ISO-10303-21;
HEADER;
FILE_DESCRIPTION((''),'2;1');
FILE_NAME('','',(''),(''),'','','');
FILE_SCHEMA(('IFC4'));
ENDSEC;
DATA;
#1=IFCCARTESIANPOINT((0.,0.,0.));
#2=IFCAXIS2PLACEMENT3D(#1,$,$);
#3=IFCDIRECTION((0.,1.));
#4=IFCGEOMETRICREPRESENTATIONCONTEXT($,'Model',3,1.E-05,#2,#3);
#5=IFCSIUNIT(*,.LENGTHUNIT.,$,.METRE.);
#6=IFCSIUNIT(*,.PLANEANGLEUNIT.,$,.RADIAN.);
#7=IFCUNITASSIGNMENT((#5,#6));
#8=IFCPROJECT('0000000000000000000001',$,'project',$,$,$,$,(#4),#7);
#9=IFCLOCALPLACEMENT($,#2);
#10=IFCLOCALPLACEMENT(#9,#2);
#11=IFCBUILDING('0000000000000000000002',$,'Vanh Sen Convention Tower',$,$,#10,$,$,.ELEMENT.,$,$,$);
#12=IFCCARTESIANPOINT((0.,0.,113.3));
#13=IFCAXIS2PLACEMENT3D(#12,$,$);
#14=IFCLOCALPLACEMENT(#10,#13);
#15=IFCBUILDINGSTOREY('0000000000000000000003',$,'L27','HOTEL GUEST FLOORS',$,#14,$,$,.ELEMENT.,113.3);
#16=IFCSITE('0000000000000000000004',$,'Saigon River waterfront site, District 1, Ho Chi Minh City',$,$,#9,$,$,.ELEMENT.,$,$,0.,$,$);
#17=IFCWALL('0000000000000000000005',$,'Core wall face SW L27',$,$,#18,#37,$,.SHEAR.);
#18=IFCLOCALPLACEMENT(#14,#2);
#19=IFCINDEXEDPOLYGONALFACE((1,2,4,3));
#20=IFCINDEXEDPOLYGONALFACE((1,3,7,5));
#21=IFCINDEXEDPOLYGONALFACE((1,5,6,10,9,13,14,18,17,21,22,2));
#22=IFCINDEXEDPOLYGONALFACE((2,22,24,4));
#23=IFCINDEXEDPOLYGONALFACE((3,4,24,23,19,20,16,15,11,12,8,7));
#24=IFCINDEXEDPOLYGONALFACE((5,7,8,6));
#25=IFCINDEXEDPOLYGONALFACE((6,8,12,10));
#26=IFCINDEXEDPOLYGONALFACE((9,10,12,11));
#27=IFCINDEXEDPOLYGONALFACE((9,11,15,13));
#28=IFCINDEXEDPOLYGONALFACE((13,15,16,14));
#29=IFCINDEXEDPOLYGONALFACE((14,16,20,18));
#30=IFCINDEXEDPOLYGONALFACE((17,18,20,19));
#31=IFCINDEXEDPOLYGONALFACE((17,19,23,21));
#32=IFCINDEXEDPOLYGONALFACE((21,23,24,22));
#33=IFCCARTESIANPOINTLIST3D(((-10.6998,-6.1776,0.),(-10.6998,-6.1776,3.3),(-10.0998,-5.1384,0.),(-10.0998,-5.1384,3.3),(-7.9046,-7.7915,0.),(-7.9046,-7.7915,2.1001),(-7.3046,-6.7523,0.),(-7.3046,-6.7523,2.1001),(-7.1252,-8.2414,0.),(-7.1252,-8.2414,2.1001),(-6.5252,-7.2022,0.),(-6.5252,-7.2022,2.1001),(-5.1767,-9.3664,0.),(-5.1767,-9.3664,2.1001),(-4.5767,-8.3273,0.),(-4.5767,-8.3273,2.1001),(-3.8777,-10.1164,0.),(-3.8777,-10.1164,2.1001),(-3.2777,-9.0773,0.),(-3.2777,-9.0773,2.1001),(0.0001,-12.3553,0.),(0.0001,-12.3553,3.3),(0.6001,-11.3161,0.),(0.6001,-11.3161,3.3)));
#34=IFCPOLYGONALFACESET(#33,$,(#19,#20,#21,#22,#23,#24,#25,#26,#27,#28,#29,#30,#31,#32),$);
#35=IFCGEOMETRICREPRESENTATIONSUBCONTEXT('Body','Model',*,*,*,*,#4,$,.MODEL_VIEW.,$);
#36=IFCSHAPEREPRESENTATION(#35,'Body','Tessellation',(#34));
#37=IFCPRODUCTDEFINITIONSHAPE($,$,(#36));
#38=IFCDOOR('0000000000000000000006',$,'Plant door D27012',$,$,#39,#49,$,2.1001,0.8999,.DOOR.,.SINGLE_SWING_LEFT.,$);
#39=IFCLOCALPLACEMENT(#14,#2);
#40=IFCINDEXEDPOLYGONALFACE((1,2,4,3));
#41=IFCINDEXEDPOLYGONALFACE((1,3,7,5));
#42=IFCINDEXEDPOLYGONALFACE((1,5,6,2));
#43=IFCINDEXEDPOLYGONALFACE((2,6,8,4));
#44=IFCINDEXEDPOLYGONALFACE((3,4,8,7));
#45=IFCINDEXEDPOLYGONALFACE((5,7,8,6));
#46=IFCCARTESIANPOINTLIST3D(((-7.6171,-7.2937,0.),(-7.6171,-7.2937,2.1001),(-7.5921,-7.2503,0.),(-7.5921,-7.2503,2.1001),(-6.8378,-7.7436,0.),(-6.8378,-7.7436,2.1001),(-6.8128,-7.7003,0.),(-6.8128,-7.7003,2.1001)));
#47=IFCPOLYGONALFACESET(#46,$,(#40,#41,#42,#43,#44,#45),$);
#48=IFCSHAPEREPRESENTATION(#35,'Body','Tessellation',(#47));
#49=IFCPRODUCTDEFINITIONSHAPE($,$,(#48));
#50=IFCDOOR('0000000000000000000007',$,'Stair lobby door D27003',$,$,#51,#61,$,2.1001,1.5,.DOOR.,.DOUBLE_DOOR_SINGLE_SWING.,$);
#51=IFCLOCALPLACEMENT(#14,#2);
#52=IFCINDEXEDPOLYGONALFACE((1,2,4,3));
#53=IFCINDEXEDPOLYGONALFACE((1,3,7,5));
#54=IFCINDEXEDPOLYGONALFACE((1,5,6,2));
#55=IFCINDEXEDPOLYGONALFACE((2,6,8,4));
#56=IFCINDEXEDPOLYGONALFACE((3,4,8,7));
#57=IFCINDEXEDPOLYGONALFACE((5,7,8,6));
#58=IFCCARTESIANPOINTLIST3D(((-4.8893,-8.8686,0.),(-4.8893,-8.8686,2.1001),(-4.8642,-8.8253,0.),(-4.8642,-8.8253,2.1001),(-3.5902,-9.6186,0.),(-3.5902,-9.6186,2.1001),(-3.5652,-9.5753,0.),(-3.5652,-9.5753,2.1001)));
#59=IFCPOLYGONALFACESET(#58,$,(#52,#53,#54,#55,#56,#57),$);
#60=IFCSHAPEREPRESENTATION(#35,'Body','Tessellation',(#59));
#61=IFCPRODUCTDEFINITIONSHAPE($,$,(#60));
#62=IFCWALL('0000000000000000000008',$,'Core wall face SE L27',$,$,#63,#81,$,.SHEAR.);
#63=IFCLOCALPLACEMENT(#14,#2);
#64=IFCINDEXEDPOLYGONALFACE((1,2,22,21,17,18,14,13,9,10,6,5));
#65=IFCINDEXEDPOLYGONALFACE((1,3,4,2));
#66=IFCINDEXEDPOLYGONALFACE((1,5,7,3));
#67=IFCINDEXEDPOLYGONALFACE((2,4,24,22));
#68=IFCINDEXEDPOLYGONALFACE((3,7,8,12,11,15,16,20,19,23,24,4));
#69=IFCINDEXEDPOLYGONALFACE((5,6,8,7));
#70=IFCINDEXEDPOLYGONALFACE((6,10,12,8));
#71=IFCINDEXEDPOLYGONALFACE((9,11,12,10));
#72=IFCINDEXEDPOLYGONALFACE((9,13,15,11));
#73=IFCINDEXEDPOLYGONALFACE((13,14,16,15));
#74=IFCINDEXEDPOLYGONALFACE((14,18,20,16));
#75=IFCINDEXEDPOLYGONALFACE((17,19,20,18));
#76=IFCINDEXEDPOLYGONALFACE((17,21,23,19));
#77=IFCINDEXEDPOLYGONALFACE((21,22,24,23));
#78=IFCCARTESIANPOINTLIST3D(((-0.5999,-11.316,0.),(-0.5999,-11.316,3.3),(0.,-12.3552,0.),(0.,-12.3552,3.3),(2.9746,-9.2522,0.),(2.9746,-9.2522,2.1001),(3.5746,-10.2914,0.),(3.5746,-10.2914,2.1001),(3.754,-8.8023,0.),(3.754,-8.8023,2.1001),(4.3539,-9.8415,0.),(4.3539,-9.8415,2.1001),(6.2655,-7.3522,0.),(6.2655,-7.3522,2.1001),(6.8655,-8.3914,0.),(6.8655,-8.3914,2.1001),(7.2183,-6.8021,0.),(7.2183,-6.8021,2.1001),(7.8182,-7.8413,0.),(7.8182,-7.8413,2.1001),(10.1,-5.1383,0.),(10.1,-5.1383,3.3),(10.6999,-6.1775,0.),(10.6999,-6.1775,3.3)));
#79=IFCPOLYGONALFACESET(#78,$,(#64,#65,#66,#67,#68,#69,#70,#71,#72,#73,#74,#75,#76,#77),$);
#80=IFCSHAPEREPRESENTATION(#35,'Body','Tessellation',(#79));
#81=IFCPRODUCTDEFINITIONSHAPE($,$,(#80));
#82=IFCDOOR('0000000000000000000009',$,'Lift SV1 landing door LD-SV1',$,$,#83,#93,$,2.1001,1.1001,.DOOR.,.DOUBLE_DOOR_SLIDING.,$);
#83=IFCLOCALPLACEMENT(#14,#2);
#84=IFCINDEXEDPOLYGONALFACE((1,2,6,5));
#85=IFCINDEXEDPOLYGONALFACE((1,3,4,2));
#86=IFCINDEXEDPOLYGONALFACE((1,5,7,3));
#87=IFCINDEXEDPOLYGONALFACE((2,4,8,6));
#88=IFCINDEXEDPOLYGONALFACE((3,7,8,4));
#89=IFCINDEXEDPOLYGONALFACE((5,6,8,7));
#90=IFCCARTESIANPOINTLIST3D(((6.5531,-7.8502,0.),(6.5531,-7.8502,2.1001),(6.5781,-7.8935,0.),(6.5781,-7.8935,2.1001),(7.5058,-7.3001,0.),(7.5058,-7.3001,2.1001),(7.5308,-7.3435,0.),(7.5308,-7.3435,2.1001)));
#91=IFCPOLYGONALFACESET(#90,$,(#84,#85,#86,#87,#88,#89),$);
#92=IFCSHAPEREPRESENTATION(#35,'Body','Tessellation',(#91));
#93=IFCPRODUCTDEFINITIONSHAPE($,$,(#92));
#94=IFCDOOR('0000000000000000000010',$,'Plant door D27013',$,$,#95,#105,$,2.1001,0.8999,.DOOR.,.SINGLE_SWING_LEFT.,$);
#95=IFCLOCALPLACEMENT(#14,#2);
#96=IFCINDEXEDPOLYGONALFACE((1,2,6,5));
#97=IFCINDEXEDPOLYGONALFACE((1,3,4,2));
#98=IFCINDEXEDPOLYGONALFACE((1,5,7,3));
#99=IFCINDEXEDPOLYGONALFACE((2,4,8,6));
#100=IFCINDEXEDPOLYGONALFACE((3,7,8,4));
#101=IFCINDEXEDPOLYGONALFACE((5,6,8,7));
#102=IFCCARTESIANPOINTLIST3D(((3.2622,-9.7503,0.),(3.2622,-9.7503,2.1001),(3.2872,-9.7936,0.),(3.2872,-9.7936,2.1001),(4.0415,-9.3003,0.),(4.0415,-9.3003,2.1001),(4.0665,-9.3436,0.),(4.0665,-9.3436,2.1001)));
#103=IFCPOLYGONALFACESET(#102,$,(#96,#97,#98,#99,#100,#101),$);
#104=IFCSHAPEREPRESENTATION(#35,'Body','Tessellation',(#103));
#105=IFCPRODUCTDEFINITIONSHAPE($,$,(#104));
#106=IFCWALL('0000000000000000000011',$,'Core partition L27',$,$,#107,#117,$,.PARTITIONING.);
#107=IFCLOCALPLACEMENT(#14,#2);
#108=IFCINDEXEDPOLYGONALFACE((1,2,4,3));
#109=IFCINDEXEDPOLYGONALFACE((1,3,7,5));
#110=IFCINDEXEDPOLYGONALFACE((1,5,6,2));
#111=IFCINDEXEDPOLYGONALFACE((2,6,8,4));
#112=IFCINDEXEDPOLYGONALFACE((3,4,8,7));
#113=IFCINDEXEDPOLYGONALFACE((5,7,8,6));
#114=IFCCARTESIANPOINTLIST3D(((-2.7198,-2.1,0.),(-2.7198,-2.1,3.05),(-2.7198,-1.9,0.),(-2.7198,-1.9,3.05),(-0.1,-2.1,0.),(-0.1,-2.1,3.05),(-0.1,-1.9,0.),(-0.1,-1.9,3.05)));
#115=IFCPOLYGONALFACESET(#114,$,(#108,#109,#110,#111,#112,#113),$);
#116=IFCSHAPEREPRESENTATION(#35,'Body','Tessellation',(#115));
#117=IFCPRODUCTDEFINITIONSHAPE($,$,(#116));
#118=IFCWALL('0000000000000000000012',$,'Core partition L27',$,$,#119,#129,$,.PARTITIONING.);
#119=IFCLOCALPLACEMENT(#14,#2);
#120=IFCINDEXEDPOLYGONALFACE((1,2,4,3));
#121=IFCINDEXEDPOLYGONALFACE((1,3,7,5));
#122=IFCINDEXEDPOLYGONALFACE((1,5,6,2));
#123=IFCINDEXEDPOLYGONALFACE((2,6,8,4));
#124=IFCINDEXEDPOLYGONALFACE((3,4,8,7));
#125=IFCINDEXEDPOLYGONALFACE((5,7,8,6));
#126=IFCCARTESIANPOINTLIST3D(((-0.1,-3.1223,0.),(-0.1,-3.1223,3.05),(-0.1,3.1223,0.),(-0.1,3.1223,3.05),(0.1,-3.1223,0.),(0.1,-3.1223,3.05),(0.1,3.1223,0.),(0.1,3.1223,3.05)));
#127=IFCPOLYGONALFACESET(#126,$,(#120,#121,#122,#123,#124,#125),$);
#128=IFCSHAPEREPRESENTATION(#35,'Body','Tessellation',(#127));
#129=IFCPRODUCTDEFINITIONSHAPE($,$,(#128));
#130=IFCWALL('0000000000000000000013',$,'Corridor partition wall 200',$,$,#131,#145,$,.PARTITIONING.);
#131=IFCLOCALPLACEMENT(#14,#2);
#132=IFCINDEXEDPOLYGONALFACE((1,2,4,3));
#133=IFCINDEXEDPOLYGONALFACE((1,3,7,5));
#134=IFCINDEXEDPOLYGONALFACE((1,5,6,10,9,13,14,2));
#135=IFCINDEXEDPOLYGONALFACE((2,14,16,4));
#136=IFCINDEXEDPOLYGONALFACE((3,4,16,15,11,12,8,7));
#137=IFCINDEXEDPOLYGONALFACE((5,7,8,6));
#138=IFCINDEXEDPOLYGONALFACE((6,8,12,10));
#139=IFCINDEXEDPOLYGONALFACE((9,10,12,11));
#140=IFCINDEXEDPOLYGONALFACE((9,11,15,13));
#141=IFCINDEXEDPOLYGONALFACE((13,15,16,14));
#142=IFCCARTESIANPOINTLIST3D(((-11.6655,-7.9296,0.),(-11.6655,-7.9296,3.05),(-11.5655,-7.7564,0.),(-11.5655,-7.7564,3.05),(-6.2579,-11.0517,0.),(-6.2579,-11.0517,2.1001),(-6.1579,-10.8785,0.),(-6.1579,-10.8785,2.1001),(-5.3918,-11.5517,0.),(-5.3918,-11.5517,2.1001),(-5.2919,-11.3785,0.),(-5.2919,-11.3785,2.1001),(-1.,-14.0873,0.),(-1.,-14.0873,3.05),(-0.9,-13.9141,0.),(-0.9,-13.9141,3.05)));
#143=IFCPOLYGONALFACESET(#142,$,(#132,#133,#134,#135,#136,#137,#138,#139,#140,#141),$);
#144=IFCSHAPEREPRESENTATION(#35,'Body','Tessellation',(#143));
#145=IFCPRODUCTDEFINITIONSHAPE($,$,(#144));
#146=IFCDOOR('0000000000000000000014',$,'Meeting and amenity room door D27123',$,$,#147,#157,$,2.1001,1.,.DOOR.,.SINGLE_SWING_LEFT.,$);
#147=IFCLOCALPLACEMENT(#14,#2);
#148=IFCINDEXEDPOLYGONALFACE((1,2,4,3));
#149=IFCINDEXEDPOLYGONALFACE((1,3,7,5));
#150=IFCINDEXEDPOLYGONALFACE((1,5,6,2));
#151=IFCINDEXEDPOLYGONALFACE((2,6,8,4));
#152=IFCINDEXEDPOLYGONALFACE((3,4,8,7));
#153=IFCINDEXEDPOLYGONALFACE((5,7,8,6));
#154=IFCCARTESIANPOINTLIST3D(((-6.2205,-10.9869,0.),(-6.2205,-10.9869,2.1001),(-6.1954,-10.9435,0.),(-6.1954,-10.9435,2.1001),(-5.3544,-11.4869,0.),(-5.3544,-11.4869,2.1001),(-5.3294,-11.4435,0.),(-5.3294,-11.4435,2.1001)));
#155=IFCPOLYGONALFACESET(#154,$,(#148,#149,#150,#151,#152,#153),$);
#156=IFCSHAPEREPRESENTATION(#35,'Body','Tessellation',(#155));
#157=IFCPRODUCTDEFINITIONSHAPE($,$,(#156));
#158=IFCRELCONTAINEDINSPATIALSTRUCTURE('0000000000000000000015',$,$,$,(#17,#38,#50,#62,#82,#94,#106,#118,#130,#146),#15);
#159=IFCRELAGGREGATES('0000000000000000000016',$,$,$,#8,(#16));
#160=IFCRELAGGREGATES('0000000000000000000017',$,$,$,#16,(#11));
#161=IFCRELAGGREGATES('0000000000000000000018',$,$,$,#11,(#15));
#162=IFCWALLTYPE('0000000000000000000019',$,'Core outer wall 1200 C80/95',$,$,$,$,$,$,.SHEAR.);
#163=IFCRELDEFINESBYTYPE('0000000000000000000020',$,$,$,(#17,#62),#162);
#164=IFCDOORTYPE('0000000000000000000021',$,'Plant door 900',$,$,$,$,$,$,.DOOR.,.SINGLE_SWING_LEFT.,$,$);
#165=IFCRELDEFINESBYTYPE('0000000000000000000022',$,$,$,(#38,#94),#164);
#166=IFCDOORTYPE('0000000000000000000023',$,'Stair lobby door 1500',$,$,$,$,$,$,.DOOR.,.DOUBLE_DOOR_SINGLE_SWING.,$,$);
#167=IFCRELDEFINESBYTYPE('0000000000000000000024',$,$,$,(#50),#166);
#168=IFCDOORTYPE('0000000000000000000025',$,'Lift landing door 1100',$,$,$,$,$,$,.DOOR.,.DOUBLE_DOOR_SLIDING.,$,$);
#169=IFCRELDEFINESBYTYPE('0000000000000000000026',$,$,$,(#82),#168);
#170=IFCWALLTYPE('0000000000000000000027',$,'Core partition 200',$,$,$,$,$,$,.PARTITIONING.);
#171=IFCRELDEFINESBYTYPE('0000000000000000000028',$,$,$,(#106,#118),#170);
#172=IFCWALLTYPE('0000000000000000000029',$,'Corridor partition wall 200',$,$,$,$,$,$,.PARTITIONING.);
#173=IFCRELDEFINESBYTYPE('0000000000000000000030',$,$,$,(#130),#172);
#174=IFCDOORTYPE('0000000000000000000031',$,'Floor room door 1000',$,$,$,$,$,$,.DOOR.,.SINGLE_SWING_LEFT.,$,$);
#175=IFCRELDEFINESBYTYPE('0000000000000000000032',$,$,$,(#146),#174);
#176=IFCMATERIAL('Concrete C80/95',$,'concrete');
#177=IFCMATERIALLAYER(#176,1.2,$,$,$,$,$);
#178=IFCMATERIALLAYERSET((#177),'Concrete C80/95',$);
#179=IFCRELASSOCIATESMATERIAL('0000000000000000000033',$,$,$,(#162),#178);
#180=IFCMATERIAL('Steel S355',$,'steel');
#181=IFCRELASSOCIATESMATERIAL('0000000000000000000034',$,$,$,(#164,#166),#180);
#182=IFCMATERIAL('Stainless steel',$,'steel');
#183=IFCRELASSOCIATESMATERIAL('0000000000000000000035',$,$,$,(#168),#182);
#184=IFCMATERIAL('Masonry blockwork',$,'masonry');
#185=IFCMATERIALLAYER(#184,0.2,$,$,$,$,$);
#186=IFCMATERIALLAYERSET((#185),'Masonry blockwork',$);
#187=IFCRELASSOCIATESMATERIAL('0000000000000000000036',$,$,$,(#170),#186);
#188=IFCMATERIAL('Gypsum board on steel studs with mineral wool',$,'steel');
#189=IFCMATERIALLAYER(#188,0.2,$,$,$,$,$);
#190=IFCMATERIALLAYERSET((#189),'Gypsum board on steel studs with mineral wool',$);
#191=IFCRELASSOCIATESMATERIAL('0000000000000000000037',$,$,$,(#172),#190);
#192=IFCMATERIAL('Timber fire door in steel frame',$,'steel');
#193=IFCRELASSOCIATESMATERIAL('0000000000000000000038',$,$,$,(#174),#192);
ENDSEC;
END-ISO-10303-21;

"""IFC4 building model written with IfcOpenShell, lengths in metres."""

from ifc_helpers import new_model, si_unit, direction, frame, frame_2d, origin, place, context, subcontext, project, spatial, rectangle, extrude, material, layer, layer_set, type_object, element, fill, save


model = new_model("IFC4")

# Units and contexts
model_context = context("Model", 3, precision=1e-05, world=origin(), true_north=direction((0.0, 1.0)))
body_context = subcontext(model_context, "Body", "Model", "MODEL_VIEW")
ifc_project = project(units=[si_unit("LENGTHUNIT", "METRE"), si_unit("PLANEANGLEUNIT", "RADIAN")], contexts=[model_context])

# Site, building, storey
site_placement = place(None, origin())
site = spatial("IfcSite", under=ifc_project, at=site_placement, Name="Saigon River waterfront site, District 1, Ho Chi Minh City", CompositionType="ELEMENT", RefElevation=0.0)
building_placement = place(site_placement, origin())
building = spatial("IfcBuilding", under=site, at=building_placement, Name="Vanh Sen Convention Tower", CompositionType="ELEMENT")
storey_placement = place(building_placement, frame((0.0, 0.0, 113.3)))
storey = spatial("IfcBuildingStorey", under=building, at=storey_placement, Name="L27", Description="HOTEL GUEST FLOORS", CompositionType="ELEMENT", Elevation=113.3)

# Walls, openings, doors
ifc_material_1 = material(Name="Concrete C80/95", Category="concrete")
ifc_layer_1 = layer(ifc_material_1, 1.2)
ifc_layer_set_1 = layer_set([ifc_layer_1], Name="Concrete C80/95")
wall_type_1 = type_object("IfcWallType", Name="Core outer wall 1200 C80/95", PredefinedType="SHEAR", material=ifc_layer_set_1)
wall_1_placement = place(storey_placement, frame((-10.3999, -5.658, 0.0), z_axis=(0.0, 0.0, 1.0), x_axis=(0.866021, -0.500007, 0.0)))
wall_1 = element("IfcWall", 1, at=wall_1_placement, inside=storey, type_object=wall_type_1, Name="Core wall face SW L27", PredefinedType="SHEAR", context=body_context, shape_type="SweptSolid", body=[
    extrude(rectangle(XDim=12.3552, YDim=1.2, at=frame_2d((6.1777, 0.0))), origin(), (0.0, 0.0, 1.0), 3.3),
])
opening_1_placement = place(wall_1_placement, frame((6.3777, 0.0, 0.0)))
opening_1 = element("IfcOpeningElement", 2, at=opening_1_placement, cuts=wall_1, PredefinedType="OPENING", context=body_context, shape_type="SweptSolid", body=[
    extrude(rectangle(XDim=1.5, YDim=2.1001, at=frame_2d((0.75, 1.05))), frame((0.0, 0.6099, 0.0), z_axis=(0.0, -1.0, 0.0), x_axis=(1.0, 0.0, 0.0)), (0.0, 0.0, 1.0), 1.22),
])
opening_2_placement = place(wall_1_placement, frame((3.2278, 0.0, 0.0)))
opening_2 = element("IfcOpeningElement", 3, at=opening_2_placement, cuts=wall_1, PredefinedType="OPENING", context=body_context, shape_type="SweptSolid", body=[
    extrude(rectangle(XDim=0.8999, YDim=2.1001, at=frame_2d((0.45, 1.05))), frame((0.0, 0.6099, 0.0), z_axis=(0.0, -1.0, 0.0), x_axis=(1.0, 0.0, 0.0)), (0.0, 0.0, 1.0), 1.22),
])
ifc_material_2 = material(Name="Steel S355", Category="steel")
door_type_1 = type_object("IfcDoorType", Name="Plant door 900", OperationType="SINGLE_SWING_LEFT", PredefinedType="DOOR", material=ifc_material_2)
door_1_placement = place(opening_2_placement, origin())
door_1 = element("IfcDoor", 4, at=door_1_placement, inside=storey, type_object=door_type_1, Name="Plant door D27012", OperationType="SINGLE_SWING_LEFT", OverallHeight=2.1001, OverallWidth=0.8999, PredefinedType="DOOR", context=body_context, shape_type="SweptSolid", body=[
    extrude(rectangle(XDim=0.8999, YDim=2.1001, at=frame_2d((0.45, 1.05))), frame((0.0, 0.0249, 0.0), z_axis=(0.0, -1.0, 0.0), x_axis=(1.0, 0.0, 0.0)), (0.0, 0.0, 1.0), 0.05),
])
fill(opening_2, door_1)
door_type_2 = type_object("IfcDoorType", Name="Stair lobby door 1500", OperationType="DOUBLE_DOOR_SINGLE_SWING", PredefinedType="DOOR", material=ifc_material_2)
door_2_placement = place(opening_1_placement, origin())
door_2 = element("IfcDoor", 5, at=door_2_placement, inside=storey, type_object=door_type_2, Name="Stair lobby door D27003", OperationType="DOUBLE_DOOR_SINGLE_SWING", OverallHeight=2.1001, OverallWidth=1.5, PredefinedType="DOOR", context=body_context, shape_type="SweptSolid", body=[
    extrude(rectangle(XDim=1.5, YDim=2.1001, at=frame_2d((0.75, 1.05))), frame((0.0, 0.0249, 0.0), z_axis=(0.0, -1.0, 0.0), x_axis=(1.0, 0.0, 0.0)), (0.0, 0.0, 1.0), 0.05),
])
fill(opening_1, door_2)
wall_2_placement = place(storey_placement, frame((-0.3, -11.8357, 0.0), z_axis=(0.0, 0.0, 1.0), x_axis=(0.866021, 0.500007, 0.0)))
wall_2 = element("IfcWall", 6, at=wall_2_placement, inside=storey, type_object=wall_type_1, Name="Core wall face SE L27", PredefinedType="SHEAR", context=body_context, shape_type="SweptSolid", body=[
    extrude(rectangle(XDim=12.3552, YDim=1.2, at=frame_2d((6.1777, 0.0))), origin(), (0.0, 0.0, 1.0), 3.3),
])
opening_3_placement = place(wall_2_placement, frame((4.1277, 0.0, 0.0)))
opening_3 = element("IfcOpeningElement", 7, at=opening_3_placement, cuts=wall_2, PredefinedType="OPENING", context=body_context, shape_type="SweptSolid", body=[
    extrude(rectangle(XDim=0.8999, YDim=2.1001, at=frame_2d((0.45, 1.05))), frame((0.0, 0.6099, 0.0), z_axis=(0.0, -1.0, 0.0), x_axis=(1.0, 0.0, 0.0)), (0.0, 0.0, 1.0), 1.22),
])
opening_4_placement = place(wall_2_placement, frame((7.9277, 0.0, 0.0)))
opening_4 = element("IfcOpeningElement", 8, at=opening_4_placement, cuts=wall_2, PredefinedType="OPENING", context=body_context, shape_type="SweptSolid", body=[
    extrude(rectangle(XDim=1.1001, YDim=2.1001, at=frame_2d((0.55, 1.05))), frame((0.0, 0.6099, 0.0), z_axis=(0.0, -1.0, 0.0), x_axis=(1.0, 0.0, 0.0)), (0.0, 0.0, 1.0), 1.22),
])
ifc_material_3 = material(Name="Stainless steel", Category="steel")
door_type_3 = type_object("IfcDoorType", Name="Lift landing door 1100", OperationType="DOUBLE_DOOR_SLIDING", PredefinedType="DOOR", material=ifc_material_3)
door_3_placement = place(opening_4_placement, origin())
door_3 = element("IfcDoor", 9, at=door_3_placement, inside=storey, type_object=door_type_3, Name="Lift SV1 landing door LD-SV1", OperationType="DOUBLE_DOOR_SLIDING", OverallHeight=2.1001, OverallWidth=1.1001, PredefinedType="DOOR", context=body_context, shape_type="SweptSolid", body=[
    extrude(rectangle(XDim=1.1001, YDim=2.1001, at=frame_2d((0.55, 1.05))), frame((0.0, 0.0249, 0.0), z_axis=(0.0, -1.0, 0.0), x_axis=(1.0, 0.0, 0.0)), (0.0, 0.0, 1.0), 0.05),
])
fill(opening_4, door_3)
door_4_placement = place(opening_3_placement, origin())
door_4 = element("IfcDoor", 10, at=door_4_placement, inside=storey, type_object=door_type_1, Name="Plant door D27013", OperationType="SINGLE_SWING_LEFT", OverallHeight=2.1001, OverallWidth=0.8999, PredefinedType="DOOR", context=body_context, shape_type="SweptSolid", body=[
    extrude(rectangle(XDim=0.8999, YDim=2.1001, at=frame_2d((0.45, 1.05))), frame((0.0, 0.0249, 0.0), z_axis=(0.0, -1.0, 0.0), x_axis=(1.0, 0.0, 0.0)), (0.0, 0.0, 1.0), 0.05),
])
fill(opening_3, door_4)

# Walls
ifc_material_4 = material(Name="Masonry blockwork", Category="masonry")
ifc_layer_2 = layer(ifc_material_4, 0.2)
ifc_layer_set_2 = layer_set([ifc_layer_2], Name="Masonry blockwork")
wall_type_2 = type_object("IfcWallType", Name="Core partition 200", PredefinedType="PARTITIONING", material=ifc_layer_set_2)
wall_3_placement = place(storey_placement, frame((-2.72, -2.0, 0.0), z_axis=(0.0, 0.0, 1.0), x_axis=(1.0, 0.0, 0.0)))
element("IfcWall", 11, at=wall_3_placement, inside=storey, type_object=wall_type_2, Name="Core partition L27", PredefinedType="PARTITIONING", context=body_context, shape_type="SweptSolid", body=[
    extrude(rectangle(XDim=2.6199, YDim=0.2, at=frame_2d((1.3101, 0.0))), origin(), (0.0, 0.0, 1.0), 3.05),
])
wall_4_placement = place(storey_placement, frame((0.0, -3.1223, 0.0), z_axis=(0.0, 0.0, 1.0), x_axis=(0.0, 1.0, 0.0)))
element("IfcWall", 12, at=wall_4_placement, inside=storey, type_object=wall_type_2, Name="Core partition L27", PredefinedType="PARTITIONING", context=body_context, shape_type="SweptSolid", body=[
    extrude(rectangle(XDim=6.2446, YDim=0.2, at=frame_2d((3.1223, 0.0))), origin(), (0.0, 0.0, 1.0), 3.05),
])

# Wall, opening, door
ifc_material_5 = material(Name="Gypsum board on steel studs with mineral wool", Category="steel")
ifc_layer_3 = layer(ifc_material_5, 0.2)
ifc_layer_set_3 = layer_set([ifc_layer_3], Name="Gypsum board on steel studs with mineral wool")
wall_type_3 = type_object("IfcWallType", Name="Corridor partition wall 200", PredefinedType="PARTITIONING", material=ifc_layer_set_3)
wall_5_placement = place(storey_placement, frame((-11.6155, -7.843, 0.0), z_axis=(0.0, 0.0, 1.0), x_axis=(0.866026, -0.499998, 0.0)))
wall_5 = element("IfcWall", 13, at=wall_5_placement, inside=storey, type_object=wall_type_3, Name="Corridor partition wall 200", PredefinedType="PARTITIONING", context=body_context, shape_type="SweptSolid", body=[
    extrude(rectangle(XDim=12.3154, YDim=0.2, at=frame_2d((6.1577, 0.0))), origin(), (0.0, 0.0, 1.0), 3.05),
])
opening_5_placement = place(wall_5_placement, frame((6.2441, 0.0, 0.0)))
opening_5 = element("IfcOpeningElement", 14, at=opening_5_placement, cuts=wall_5, PredefinedType="OPENING", context=body_context, shape_type="SweptSolid", body=[
    extrude(rectangle(XDim=1.0, YDim=2.1001, at=frame_2d((0.5, 1.05))), frame((0.0, 0.1099, 0.0), z_axis=(0.0, -1.0, 0.0), x_axis=(1.0, 0.0, 0.0)), (0.0, 0.0, 1.0), 0.22),
])
ifc_material_6 = material(Name="Timber fire door in steel frame", Category="steel")
door_type_4 = type_object("IfcDoorType", Name="Floor room door 1000", OperationType="SINGLE_SWING_LEFT", PredefinedType="DOOR", material=ifc_material_6)
door_5_placement = place(opening_5_placement, origin())
door_5 = element("IfcDoor", 15, at=door_5_placement, inside=storey, type_object=door_type_4, Name="Meeting and amenity room door D27123", OperationType="SINGLE_SWING_LEFT", OverallHeight=2.1001, OverallWidth=1.0, PredefinedType="DOOR", context=body_context, shape_type="SweptSolid", body=[
    extrude(rectangle(XDim=1.0, YDim=2.1001, at=frame_2d((0.5, 1.05))), frame((0.0, 0.0249, 0.0), z_axis=(0.0, -1.0, 0.0), x_axis=(1.0, 0.0, 0.0)), (0.0, 0.0, 1.0), 0.05),
])
fill(opening_5, door_5)

save(model, "model.ifc")
